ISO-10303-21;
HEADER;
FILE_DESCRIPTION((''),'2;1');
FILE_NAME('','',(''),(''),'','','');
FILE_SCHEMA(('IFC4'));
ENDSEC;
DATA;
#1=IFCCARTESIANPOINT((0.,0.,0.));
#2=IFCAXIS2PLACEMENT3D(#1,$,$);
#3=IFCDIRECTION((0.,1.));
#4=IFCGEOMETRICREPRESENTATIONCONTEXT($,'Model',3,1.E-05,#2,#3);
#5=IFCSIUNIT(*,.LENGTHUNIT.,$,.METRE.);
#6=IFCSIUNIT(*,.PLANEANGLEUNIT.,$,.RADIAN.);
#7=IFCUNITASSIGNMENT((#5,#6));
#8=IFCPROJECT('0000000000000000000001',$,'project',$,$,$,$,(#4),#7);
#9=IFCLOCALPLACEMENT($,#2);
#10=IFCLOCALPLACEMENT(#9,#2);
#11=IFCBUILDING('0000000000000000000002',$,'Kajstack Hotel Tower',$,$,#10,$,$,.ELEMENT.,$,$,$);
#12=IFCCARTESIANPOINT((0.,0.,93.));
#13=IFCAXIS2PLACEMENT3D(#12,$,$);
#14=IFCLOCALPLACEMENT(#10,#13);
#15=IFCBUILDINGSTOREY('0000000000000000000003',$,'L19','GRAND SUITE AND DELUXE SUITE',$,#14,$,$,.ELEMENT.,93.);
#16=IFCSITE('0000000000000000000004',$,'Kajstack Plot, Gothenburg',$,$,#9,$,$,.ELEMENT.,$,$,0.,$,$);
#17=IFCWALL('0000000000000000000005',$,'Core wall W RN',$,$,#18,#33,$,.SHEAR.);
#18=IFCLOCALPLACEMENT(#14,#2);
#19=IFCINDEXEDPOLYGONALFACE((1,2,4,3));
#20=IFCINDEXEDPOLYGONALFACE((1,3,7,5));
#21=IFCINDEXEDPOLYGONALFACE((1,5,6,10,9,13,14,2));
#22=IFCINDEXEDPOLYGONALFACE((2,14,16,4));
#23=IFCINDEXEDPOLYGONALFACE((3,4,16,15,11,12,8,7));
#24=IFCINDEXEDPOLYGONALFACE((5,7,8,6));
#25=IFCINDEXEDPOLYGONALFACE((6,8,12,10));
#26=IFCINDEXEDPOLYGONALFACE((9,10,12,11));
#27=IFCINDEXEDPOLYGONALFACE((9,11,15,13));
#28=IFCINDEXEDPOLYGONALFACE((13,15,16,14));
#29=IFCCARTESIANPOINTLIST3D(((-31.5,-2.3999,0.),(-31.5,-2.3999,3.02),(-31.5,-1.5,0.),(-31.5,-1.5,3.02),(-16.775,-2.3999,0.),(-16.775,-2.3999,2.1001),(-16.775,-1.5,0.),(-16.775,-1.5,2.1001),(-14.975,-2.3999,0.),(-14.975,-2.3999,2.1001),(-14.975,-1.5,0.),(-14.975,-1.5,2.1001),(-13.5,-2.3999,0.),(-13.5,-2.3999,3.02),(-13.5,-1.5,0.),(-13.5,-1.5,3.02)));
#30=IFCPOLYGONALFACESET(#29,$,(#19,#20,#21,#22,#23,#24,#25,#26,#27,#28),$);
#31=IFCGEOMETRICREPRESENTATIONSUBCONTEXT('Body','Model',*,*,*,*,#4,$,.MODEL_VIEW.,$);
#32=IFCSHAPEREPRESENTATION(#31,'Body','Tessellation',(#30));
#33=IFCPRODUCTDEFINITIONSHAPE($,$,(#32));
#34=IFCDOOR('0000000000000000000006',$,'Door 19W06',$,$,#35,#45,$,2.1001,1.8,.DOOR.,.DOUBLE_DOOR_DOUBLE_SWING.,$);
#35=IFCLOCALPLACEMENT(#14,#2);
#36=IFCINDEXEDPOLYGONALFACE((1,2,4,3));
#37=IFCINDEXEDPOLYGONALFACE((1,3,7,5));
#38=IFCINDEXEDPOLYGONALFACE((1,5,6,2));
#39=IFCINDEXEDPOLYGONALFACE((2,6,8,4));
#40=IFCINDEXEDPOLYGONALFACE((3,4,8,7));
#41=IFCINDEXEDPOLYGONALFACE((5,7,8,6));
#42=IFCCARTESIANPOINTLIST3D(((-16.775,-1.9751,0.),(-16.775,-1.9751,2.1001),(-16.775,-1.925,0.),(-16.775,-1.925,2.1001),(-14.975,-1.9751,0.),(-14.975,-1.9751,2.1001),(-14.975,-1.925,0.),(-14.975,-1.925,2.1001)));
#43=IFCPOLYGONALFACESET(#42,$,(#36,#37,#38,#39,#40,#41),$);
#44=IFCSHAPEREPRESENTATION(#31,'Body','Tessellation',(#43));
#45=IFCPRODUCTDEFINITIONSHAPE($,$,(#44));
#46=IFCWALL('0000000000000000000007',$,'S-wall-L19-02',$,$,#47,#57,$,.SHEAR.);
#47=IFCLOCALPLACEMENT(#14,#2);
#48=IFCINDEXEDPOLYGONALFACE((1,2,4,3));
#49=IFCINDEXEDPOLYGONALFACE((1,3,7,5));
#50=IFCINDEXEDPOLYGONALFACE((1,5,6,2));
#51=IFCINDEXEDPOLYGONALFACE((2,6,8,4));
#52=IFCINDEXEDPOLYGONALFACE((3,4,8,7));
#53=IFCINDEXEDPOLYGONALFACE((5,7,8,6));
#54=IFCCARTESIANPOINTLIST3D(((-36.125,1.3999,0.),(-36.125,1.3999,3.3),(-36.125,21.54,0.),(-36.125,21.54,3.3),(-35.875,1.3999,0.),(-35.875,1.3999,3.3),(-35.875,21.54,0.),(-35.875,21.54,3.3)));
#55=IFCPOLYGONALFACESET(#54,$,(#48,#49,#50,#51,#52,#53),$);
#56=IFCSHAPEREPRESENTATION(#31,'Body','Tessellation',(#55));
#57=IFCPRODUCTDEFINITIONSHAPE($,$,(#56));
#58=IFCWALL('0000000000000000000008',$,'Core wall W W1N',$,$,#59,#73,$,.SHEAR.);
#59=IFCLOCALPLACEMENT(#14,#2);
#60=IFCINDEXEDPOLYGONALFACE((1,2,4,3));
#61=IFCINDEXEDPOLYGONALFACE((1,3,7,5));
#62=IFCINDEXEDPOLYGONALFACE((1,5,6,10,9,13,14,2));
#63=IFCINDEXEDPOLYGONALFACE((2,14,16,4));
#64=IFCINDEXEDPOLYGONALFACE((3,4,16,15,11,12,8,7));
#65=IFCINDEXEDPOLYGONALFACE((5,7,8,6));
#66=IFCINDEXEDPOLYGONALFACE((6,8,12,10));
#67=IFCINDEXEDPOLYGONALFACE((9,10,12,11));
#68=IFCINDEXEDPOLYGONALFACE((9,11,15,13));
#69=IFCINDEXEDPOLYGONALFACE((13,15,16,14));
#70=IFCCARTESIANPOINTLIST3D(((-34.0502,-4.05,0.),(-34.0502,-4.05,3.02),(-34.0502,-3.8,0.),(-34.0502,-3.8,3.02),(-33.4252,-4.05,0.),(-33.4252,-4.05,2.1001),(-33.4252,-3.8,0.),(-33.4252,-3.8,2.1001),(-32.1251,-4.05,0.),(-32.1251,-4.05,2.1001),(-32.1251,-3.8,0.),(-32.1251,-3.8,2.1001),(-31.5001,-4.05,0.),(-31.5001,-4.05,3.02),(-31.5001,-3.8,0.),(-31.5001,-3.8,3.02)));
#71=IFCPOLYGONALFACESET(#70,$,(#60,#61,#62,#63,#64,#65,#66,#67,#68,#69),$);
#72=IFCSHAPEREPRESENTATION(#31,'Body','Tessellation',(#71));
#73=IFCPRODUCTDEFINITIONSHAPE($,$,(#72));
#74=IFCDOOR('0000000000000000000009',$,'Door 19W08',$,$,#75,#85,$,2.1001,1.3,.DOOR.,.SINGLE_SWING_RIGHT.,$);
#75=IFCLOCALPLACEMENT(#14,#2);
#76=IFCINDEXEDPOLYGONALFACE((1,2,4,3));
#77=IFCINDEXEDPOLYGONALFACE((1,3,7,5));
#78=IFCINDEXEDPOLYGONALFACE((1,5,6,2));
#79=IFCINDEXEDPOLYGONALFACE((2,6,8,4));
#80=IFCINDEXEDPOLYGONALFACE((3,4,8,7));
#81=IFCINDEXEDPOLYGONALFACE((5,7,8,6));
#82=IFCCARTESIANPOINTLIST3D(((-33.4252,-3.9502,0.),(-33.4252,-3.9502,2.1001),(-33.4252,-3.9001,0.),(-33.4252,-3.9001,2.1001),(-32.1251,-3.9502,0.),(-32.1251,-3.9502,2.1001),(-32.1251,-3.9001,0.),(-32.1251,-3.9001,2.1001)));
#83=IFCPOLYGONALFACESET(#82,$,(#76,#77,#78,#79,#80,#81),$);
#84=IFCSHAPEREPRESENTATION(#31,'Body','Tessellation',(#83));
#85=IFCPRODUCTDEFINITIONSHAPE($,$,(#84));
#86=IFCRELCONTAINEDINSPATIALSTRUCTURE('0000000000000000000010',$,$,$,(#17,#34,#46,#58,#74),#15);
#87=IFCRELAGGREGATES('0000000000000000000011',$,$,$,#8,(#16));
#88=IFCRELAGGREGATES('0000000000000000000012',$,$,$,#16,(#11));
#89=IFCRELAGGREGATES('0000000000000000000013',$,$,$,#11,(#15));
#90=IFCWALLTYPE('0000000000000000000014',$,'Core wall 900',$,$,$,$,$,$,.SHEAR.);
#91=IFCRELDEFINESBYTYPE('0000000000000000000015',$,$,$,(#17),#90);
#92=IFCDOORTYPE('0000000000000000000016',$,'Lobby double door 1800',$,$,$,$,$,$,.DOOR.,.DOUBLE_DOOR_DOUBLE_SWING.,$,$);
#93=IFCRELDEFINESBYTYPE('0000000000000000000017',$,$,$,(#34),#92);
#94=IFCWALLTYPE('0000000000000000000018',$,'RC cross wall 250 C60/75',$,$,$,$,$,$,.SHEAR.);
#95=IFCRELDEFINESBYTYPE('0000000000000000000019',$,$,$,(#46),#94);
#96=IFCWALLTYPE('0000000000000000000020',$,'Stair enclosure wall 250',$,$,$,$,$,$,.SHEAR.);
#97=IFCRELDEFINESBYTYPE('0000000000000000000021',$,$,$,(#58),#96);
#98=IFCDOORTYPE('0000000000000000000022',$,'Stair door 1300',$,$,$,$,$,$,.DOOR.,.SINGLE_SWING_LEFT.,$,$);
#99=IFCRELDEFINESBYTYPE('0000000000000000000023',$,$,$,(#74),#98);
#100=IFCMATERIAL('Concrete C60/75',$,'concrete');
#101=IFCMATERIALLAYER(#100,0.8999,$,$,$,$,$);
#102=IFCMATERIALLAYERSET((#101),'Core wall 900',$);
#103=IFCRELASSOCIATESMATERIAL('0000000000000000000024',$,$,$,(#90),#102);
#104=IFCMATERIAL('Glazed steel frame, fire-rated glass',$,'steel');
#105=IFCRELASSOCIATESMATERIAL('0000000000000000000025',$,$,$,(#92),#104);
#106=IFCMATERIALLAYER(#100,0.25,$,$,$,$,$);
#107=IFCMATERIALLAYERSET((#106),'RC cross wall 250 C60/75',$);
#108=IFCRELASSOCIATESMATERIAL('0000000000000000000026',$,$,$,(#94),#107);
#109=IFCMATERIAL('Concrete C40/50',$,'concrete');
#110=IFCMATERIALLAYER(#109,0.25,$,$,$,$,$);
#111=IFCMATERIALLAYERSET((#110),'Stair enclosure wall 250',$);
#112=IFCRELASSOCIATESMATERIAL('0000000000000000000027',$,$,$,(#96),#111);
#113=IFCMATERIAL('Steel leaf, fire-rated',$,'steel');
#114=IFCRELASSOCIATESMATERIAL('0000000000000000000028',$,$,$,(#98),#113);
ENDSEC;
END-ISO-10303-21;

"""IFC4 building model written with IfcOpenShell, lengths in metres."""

from ifc_helpers import new_model, si_unit, direction, frame, frame_2d, origin, place, context, subcontext, project, spatial, rectangle, extrude, material, layer, layer_set, type_object, element, fill, save


model = new_model("IFC4")

# Units and contexts
model_context = context("Model", 3, precision=1e-05, world=origin(), true_north=direction((0.0, 1.0)))
body_context = subcontext(model_context, "Body", "Model", "MODEL_VIEW")
ifc_project = project(units=[si_unit("LENGTHUNIT", "METRE"), si_unit("PLANEANGLEUNIT", "RADIAN")], contexts=[model_context])

# Site, building, storey
site_placement = place(None, origin())
site = spatial("IfcSite", under=ifc_project, at=site_placement, Name="Kajstack Plot, Gothenburg", CompositionType="ELEMENT", RefElevation=0.0)
building_placement = place(site_placement, origin())
building = spatial("IfcBuilding", under=site, at=building_placement, Name="Kajstack Hotel Tower", CompositionType="ELEMENT")
storey_placement = place(building_placement, frame((0.0, 0.0, 93.0)))
storey = spatial("IfcBuildingStorey", under=building, at=storey_placement, Name="L19", Description="GRAND SUITE AND DELUXE SUITE", CompositionType="ELEMENT", Elevation=93.0)

# Wall, opening, door
ifc_material_1 = material(Name="Concrete C60/75", Category="concrete")
ifc_layer_1 = layer(ifc_material_1, 0.8999)
ifc_layer_set_1 = layer_set([ifc_layer_1], Name="Core wall 900")
wall_type_1 = type_object("IfcWallType", Name="Core wall 900", PredefinedType="SHEAR", material=ifc_layer_set_1)
wall_1_placement = place(storey_placement, frame((-31.5, -1.95, 0.0), z_axis=(0.0, 0.0, 1.0), x_axis=(1.0, 0.0, 0.0)))
wall_1 = element("IfcWall", 1, at=wall_1_placement, inside=storey, type_object=wall_type_1, Name="Core wall W RN", PredefinedType="SHEAR", context=body_context, shape_type="SweptSolid", body=[
    extrude(rectangle(XDim=18.0, YDim=0.8999, at=frame_2d((9.0, 0.0))), origin(), (0.0, 0.0, 1.0), 3.02),
])
opening_1_placement = place(wall_1_placement, frame((14.7251, 0.0, 0.0)))
opening_1 = element("IfcOpeningElement", 2, at=opening_1_placement, cuts=wall_1, PredefinedType="OPENING", context=body_context, shape_type="SweptSolid", body=[
    extrude(rectangle(XDim=1.8, YDim=2.1001, at=frame_2d((0.8999, 1.05))), frame((0.0, 0.46, 0.0), z_axis=(0.0, -1.0, 0.0), x_axis=(1.0, 0.0, 0.0)), (0.0, 0.0, 1.0), 0.9199),
])
ifc_material_2 = material(Name="Glazed steel frame, fire-rated glass", Category="steel")
door_type_1 = type_object("IfcDoorType", Name="Lobby double door 1800", OperationType="DOUBLE_DOOR_DOUBLE_SWING", PredefinedType="DOOR", material=ifc_material_2)
door_1_placement = place(opening_1_placement, origin())
door_1 = element("IfcDoor", 3, at=door_1_placement, inside=storey, type_object=door_type_1, Name="Door 19W06", OperationType="DOUBLE_DOOR_DOUBLE_SWING", OverallHeight=2.1001, OverallWidth=1.8, PredefinedType="DOOR", context=body_context, shape_type="SweptSolid", body=[
    extrude(rectangle(XDim=1.8, YDim=2.1001, at=frame_2d((0.8999, 1.05))), frame((0.0, 0.0249, 0.0), z_axis=(0.0, -1.0, 0.0), x_axis=(1.0, 0.0, 0.0)), (0.0, 0.0, 1.0), 0.05),
])
fill(opening_1, door_1)

# Wall
ifc_layer_2 = layer(ifc_material_1, 0.25)
ifc_layer_set_2 = layer_set([ifc_layer_2], Name="RC cross wall 250 C60/75")
wall_type_2 = type_object("IfcWallType", Name="RC cross wall 250 C60/75", PredefinedType="SHEAR", material=ifc_layer_set_2)
wall_2_placement = place(storey_placement, frame((-36.0, 1.3999, 0.0), z_axis=(0.0, 0.0, 1.0), x_axis=(0.0, 1.0, 0.0)))
element("IfcWall", 4, at=wall_2_placement, inside=storey, type_object=wall_type_2, Name="S-wall-L19-02", PredefinedType="SHEAR", context=body_context, shape_type="SweptSolid", body=[
    extrude(rectangle(XDim=20.1401, YDim=0.25, at=frame_2d((10.0701, 0.0))), origin(), (0.0, 0.0, 1.0), 3.3),
])

# Wall, opening, door
ifc_material_3 = material(Name="Concrete C40/50", Category="concrete")
ifc_layer_3 = layer(ifc_material_3, 0.25)
ifc_layer_set_3 = layer_set([ifc_layer_3], Name="Stair enclosure wall 250")
wall_type_3 = type_object("IfcWallType", Name="Stair enclosure wall 250", PredefinedType="SHEAR", material=ifc_layer_set_3)
wall_3_placement = place(storey_placement, frame((-34.05, -3.925, 0.0), z_axis=(0.0, 0.0, 1.0), x_axis=(1.0, 0.0, 0.0)))
wall_3 = element("IfcWall", 5, at=wall_3_placement, inside=storey, type_object=wall_type_3, Name="Core wall W W1N", PredefinedType="SHEAR", context=body_context, shape_type="SweptSolid", body=[
    extrude(rectangle(XDim=2.55, YDim=0.25, at=frame_2d((1.2749, 0.0))), origin(), (0.0, 0.0, 1.0), 3.02),
])
opening_2_placement = place(wall_3_placement, frame((0.625, 0.0, 0.0)))
opening_2 = element("IfcOpeningElement", 6, at=opening_2_placement, cuts=wall_3, PredefinedType="OPENING", context=body_context, shape_type="SweptSolid", body=[
    extrude(rectangle(XDim=1.3, YDim=2.1001, at=frame_2d((0.6499, 1.05))), frame((0.0, 0.135, 0.0), z_axis=(0.0, -1.0, 0.0), x_axis=(1.0, 0.0, 0.0)), (0.0, 0.0, 1.0), 0.27),
])
ifc_material_4 = material(Name="Steel leaf, fire-rated", Category="steel")
door_type_2 = type_object("IfcDoorType", Name="Stair door 1300", OperationType="SINGLE_SWING_LEFT", PredefinedType="DOOR", material=ifc_material_4)
door_2_placement = place(opening_2_placement, origin())
door_2 = element("IfcDoor", 7, at=door_2_placement, inside=storey, type_object=door_type_2, Name="Door 19W08", OperationType="SINGLE_SWING_RIGHT", OverallHeight=2.1001, OverallWidth=1.3, PredefinedType="DOOR", context=body_context, shape_type="SweptSolid", body=[
    extrude(rectangle(XDim=1.3, YDim=2.1001, at=frame_2d((0.6499, 1.05))), frame((0.0, 0.0249, 0.0), z_axis=(0.0, -1.0, 0.0), x_axis=(1.0, 0.0, 0.0)), (0.0, 0.0, 1.0), 0.05),
])
fill(opening_2, door_2)

save(model, "model.ifc")
